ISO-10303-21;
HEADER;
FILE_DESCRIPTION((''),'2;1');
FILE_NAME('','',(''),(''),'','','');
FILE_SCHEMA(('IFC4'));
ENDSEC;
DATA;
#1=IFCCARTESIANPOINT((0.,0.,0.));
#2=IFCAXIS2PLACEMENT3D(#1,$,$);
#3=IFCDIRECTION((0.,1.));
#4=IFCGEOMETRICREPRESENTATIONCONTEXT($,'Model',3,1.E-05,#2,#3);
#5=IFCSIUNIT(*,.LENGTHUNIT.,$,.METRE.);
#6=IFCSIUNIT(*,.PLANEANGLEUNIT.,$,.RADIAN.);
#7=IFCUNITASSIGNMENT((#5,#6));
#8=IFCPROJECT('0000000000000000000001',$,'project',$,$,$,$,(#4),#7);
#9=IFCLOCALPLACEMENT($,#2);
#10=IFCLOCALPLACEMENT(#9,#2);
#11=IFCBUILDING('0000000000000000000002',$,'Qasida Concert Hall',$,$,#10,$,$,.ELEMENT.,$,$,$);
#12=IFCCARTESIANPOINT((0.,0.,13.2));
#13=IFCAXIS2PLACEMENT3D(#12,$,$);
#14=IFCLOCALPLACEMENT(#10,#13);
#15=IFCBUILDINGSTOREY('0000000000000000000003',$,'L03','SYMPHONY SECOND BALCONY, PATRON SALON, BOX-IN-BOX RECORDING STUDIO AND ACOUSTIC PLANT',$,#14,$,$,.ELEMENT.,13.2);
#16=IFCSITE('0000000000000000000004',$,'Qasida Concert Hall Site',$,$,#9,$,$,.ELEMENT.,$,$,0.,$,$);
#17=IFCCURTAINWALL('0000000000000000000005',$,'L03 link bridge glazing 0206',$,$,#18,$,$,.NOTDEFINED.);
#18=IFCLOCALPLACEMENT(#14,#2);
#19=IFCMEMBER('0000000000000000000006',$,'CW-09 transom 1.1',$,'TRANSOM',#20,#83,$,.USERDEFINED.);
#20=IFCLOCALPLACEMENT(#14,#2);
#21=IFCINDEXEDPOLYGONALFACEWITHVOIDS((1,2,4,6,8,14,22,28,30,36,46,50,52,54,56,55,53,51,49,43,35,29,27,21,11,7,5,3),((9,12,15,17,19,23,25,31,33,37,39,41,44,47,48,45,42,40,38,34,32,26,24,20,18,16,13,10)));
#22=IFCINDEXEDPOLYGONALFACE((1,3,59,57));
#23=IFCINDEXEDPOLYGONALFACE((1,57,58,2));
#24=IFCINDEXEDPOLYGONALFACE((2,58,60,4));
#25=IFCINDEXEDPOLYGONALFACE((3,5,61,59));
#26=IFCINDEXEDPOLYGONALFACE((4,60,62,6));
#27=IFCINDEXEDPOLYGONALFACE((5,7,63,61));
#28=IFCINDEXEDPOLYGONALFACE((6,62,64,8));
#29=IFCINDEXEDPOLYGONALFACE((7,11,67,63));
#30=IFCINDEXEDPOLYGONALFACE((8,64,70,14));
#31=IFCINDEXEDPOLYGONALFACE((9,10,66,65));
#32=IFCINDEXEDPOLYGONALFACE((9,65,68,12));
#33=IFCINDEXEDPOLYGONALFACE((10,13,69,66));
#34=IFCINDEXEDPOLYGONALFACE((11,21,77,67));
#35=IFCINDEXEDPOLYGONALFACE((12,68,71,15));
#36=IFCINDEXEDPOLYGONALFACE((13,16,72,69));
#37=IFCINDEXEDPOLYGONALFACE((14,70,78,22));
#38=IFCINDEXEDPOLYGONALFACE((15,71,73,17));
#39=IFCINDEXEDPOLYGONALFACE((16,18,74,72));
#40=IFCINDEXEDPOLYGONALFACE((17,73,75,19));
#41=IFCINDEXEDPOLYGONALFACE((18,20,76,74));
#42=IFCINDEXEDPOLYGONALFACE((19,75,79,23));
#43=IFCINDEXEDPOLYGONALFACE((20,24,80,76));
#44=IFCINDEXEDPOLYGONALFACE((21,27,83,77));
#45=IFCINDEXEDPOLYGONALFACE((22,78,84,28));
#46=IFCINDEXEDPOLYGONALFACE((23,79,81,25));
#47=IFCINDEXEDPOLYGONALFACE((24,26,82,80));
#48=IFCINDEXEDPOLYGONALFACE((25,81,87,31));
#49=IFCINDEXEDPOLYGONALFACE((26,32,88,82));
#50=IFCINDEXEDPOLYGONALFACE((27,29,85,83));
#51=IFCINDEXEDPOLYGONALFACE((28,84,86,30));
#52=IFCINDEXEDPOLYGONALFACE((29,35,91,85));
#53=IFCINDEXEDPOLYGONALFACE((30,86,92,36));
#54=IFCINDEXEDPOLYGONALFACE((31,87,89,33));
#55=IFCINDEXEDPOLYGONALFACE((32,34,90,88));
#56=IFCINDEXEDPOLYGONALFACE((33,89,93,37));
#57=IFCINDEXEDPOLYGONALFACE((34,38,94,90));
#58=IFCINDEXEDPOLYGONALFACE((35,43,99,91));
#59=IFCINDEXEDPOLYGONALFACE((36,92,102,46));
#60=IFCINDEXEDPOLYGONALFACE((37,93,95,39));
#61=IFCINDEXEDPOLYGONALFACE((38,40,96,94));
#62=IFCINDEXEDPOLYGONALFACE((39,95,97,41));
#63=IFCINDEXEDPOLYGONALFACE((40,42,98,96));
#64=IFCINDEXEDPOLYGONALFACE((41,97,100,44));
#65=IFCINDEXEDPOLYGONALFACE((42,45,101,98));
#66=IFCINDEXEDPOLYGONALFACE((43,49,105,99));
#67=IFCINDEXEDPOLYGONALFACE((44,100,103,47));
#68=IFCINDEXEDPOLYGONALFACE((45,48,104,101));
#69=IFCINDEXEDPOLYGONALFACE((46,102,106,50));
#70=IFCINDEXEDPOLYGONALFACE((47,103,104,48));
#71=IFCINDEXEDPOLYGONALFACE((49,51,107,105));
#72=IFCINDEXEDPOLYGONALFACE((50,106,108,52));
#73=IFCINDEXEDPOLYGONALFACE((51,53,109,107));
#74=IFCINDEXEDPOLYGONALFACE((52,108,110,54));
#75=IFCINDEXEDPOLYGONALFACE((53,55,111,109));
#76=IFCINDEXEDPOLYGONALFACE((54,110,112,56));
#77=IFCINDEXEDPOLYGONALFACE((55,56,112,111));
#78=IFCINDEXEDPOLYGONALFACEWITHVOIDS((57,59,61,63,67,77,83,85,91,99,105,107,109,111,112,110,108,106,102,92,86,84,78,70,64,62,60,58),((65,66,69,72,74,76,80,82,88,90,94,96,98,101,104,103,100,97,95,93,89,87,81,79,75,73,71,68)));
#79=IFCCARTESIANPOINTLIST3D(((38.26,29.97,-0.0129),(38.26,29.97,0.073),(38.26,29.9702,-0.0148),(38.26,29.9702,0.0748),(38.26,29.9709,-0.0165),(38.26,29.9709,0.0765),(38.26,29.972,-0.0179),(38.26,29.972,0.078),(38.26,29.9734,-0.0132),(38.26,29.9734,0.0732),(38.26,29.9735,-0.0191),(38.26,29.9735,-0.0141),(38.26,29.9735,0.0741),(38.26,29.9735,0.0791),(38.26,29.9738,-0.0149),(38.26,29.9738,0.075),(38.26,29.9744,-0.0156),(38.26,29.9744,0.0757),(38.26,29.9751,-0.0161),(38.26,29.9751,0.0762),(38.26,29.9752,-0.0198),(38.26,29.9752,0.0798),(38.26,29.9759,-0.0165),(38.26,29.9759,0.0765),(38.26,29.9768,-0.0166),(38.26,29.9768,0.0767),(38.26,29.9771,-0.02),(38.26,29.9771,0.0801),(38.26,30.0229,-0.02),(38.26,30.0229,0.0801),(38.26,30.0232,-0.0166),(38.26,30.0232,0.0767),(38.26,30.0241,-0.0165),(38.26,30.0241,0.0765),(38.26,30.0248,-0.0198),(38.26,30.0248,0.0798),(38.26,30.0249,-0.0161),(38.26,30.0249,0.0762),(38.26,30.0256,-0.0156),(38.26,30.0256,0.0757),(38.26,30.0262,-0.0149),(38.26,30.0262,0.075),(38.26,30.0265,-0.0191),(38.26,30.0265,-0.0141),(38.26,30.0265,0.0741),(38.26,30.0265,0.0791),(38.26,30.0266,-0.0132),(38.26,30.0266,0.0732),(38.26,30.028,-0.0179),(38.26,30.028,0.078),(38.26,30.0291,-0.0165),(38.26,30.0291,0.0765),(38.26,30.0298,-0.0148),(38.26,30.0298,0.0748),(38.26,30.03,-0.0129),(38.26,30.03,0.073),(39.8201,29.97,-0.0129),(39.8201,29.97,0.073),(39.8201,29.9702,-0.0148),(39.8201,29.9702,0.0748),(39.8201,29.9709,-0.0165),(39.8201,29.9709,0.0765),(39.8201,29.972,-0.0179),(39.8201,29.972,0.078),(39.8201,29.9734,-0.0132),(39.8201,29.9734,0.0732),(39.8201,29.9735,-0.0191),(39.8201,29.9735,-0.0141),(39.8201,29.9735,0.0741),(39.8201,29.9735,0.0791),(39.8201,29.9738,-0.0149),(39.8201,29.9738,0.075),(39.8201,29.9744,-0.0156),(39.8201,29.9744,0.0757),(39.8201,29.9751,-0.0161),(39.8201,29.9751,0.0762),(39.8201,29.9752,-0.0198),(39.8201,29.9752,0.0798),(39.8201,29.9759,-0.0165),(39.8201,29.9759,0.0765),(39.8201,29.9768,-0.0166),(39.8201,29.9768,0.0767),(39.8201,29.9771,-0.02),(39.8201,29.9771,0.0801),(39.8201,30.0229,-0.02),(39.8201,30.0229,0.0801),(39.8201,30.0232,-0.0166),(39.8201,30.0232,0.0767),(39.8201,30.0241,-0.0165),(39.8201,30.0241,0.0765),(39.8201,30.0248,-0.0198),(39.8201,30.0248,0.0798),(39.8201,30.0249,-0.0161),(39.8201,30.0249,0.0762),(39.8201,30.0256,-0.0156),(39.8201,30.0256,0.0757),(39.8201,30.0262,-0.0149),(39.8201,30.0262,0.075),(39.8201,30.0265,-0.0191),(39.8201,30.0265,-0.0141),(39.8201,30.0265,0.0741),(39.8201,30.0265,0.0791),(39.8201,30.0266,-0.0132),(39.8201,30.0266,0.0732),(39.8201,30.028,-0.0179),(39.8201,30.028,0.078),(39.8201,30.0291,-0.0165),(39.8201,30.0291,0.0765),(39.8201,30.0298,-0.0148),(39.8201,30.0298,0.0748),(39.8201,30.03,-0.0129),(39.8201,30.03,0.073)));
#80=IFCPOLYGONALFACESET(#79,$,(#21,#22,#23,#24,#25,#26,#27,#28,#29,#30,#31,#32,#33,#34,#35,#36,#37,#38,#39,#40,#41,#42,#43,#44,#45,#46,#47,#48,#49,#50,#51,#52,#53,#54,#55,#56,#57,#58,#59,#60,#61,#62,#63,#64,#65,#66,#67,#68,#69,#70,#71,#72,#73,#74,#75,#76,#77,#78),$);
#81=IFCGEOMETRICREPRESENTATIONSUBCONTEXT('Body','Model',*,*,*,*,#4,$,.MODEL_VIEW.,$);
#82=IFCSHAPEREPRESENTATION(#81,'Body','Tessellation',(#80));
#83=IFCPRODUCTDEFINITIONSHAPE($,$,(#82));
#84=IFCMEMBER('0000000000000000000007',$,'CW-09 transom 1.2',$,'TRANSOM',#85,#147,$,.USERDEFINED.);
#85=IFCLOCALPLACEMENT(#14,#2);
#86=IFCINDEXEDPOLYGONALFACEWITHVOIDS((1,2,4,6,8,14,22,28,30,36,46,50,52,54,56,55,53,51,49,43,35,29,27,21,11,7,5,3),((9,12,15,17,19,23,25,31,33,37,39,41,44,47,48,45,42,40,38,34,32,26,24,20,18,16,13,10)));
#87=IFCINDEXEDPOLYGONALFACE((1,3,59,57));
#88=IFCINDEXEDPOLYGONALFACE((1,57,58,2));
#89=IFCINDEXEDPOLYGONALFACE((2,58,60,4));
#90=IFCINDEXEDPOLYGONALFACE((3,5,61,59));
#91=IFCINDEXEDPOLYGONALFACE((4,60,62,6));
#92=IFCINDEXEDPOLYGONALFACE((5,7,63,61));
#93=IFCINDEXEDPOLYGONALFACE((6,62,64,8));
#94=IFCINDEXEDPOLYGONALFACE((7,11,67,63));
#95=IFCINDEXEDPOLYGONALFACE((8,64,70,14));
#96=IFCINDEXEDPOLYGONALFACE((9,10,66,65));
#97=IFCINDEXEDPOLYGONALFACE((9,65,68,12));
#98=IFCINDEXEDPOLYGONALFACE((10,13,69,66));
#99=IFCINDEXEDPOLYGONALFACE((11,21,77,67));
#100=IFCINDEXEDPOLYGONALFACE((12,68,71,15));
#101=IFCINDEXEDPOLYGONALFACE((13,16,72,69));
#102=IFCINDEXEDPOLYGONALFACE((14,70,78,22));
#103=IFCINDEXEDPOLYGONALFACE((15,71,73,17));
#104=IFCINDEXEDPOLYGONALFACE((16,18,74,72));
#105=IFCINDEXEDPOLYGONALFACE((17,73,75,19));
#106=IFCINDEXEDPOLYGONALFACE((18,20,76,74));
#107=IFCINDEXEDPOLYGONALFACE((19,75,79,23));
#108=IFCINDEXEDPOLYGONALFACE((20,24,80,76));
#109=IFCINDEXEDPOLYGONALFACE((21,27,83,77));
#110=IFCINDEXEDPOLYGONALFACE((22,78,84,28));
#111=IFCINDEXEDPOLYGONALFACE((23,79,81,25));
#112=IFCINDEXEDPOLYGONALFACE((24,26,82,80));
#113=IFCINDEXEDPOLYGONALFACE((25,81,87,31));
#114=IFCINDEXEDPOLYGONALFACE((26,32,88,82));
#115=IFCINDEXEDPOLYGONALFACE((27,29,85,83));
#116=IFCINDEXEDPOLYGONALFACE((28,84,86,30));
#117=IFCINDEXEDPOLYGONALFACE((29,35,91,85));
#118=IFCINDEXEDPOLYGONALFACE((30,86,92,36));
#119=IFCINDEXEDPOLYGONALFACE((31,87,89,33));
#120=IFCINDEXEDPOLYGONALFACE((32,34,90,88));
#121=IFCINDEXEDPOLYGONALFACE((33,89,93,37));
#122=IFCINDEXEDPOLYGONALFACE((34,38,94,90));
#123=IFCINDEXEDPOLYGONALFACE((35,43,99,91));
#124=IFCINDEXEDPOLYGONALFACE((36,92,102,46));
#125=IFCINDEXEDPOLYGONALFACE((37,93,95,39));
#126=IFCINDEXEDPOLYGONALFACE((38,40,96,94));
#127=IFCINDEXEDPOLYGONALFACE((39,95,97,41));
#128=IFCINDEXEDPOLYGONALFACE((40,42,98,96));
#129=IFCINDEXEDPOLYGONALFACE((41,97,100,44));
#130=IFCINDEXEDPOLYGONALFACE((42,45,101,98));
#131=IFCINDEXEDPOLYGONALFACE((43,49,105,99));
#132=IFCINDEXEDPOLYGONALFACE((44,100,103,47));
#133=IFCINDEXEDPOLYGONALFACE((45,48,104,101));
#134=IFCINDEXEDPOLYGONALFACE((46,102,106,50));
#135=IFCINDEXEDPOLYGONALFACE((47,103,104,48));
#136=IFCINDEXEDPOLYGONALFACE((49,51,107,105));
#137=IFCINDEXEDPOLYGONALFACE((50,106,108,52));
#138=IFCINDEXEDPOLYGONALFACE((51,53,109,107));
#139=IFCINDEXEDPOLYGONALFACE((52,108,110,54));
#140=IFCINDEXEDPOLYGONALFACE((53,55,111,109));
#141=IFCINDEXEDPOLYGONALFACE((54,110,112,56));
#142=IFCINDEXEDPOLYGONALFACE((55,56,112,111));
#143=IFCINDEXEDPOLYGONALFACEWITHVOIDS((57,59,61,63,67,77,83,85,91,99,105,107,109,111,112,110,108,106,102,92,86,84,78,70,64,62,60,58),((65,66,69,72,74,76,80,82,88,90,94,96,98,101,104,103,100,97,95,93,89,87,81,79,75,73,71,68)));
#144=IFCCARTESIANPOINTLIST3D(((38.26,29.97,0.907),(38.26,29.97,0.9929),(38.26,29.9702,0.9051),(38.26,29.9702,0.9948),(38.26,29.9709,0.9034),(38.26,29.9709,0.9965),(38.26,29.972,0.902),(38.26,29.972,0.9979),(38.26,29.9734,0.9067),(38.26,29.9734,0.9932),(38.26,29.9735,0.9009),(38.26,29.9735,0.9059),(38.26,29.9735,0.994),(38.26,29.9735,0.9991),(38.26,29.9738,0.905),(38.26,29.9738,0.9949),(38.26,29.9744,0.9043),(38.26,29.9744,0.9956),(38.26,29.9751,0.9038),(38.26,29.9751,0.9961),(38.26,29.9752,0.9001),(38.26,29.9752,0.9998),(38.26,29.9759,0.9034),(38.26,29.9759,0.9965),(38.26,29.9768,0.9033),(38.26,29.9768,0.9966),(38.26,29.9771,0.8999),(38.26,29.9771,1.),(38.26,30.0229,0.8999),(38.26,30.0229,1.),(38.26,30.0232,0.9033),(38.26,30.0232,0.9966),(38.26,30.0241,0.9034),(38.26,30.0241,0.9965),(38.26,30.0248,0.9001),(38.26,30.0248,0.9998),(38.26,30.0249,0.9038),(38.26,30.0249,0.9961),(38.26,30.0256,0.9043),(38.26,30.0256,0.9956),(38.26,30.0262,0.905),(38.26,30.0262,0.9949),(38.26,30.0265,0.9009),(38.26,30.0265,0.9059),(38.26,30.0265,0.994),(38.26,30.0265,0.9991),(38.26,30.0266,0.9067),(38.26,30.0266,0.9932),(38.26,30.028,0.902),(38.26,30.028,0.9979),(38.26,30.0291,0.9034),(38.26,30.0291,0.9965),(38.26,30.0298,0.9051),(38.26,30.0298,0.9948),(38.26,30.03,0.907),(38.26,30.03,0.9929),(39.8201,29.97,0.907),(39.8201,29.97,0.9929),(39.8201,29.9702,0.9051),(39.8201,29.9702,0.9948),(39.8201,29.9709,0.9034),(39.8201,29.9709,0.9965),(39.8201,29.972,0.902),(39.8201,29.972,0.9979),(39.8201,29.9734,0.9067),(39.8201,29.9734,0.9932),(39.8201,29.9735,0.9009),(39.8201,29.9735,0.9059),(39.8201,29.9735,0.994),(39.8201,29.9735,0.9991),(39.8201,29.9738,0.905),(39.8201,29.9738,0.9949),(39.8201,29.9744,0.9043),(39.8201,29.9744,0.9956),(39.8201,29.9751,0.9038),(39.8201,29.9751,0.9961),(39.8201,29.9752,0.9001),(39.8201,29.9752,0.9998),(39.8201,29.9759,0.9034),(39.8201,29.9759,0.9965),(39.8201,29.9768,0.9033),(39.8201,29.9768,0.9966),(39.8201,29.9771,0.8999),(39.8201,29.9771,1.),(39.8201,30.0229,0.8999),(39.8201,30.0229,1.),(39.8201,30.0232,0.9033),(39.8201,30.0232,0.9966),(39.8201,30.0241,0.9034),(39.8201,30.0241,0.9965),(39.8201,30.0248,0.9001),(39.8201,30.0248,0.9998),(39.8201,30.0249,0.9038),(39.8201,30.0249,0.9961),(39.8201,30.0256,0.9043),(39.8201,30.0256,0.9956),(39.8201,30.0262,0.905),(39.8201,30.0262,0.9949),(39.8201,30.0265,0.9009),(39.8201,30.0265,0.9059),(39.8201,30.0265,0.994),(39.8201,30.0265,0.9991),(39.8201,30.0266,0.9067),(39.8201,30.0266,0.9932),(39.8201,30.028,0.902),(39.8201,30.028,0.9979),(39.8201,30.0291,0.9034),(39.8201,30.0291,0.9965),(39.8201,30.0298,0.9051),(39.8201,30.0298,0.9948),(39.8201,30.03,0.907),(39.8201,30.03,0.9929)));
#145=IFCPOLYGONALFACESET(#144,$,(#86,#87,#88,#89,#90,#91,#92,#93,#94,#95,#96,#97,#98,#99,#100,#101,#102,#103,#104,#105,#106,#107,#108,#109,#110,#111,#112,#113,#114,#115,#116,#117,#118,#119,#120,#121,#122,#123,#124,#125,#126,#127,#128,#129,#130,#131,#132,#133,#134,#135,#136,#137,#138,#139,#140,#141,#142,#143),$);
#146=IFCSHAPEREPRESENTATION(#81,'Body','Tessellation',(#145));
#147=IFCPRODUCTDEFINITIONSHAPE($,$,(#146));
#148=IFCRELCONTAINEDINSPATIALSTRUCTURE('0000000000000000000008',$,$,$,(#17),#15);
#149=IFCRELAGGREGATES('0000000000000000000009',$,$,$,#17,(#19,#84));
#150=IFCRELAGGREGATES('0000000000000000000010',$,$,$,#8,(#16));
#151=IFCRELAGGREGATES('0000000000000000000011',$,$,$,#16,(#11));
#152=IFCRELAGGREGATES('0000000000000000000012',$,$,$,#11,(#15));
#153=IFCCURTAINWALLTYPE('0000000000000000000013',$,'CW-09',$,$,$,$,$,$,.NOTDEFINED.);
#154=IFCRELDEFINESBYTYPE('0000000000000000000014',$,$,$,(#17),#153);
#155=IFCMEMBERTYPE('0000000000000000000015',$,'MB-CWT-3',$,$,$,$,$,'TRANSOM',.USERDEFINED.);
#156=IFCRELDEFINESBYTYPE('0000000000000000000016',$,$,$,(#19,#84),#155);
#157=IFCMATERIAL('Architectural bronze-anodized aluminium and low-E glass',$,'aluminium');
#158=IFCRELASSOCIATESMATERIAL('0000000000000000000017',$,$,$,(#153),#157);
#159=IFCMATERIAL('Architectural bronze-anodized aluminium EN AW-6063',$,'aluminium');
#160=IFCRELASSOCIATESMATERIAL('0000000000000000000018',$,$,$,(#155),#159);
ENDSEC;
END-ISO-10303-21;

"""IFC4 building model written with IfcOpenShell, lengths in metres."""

from ifc_helpers import new_model, si_unit, direction, frame, origin, origin_2d, place, context, subcontext, project, spatial, hollow_rectangle, extrude, material, material_profile, profile_set, type_object, element, aggregate, save


model = new_model("IFC4")

# Units and contexts
model_context = context("Model", 3, precision=1e-05, world=origin(), true_north=direction((0.0, 1.0)))
body_context = subcontext(model_context, "Body", "Model", "MODEL_VIEW")
ifc_project = project(units=[si_unit("LENGTHUNIT", "METRE"), si_unit("PLANEANGLEUNIT", "RADIAN")], contexts=[model_context])

# Site, building, storey
site_placement = place(None, origin())
site = spatial("IfcSite", under=ifc_project, at=site_placement, Name="Qasida Concert Hall Site", CompositionType="ELEMENT", RefElevation=0.0)
building_placement = place(site_placement, origin())
building = spatial("IfcBuilding", under=site, at=building_placement, Name="Qasida Concert Hall", CompositionType="ELEMENT")
storey_placement = place(building_placement, frame((0.0, 0.0, 13.2)))
storey = spatial("IfcBuildingStorey", under=building, at=storey_placement, Name="L03", Description="SYMPHONY SECOND BALCONY, PATRON SALON, BOX-IN-BOX RECORDING STUDIO AND ACOUSTIC PLANT", CompositionType="ELEMENT", Elevation=13.2)

# Curtain wall
ifc_material_1 = material(Name="Architectural bronze-anodized aluminium and low-E glass", Category="aluminium")
curtain_wall_type = type_object("IfcCurtainWallType", Name="CW-09", PredefinedType="NOTDEFINED", material=ifc_material_1)
ifc_material_2 = material(Name="Architectural bronze-anodized aluminium EN AW-6063", Category="aluminium")
curtain_wall_1_placement = place(storey_placement, origin())
curtain_wall_1 = element("IfcCurtainWall", 1, at=curtain_wall_1_placement, inside=storey, type_object=curtain_wall_type, Name="L03 link bridge glazing 0206", PredefinedType="NOTDEFINED")

# Members
ifc_material_profile_1 = material_profile(ifc_material_2, hollow_rectangle(XDim=0.0601, YDim=0.1001, WallThickness=0.0034, InnerFilletRadius=0.0034, OuterFilletRadius=0.0071, at=origin_2d()), Name="CWT 100x60x3.5")
ifc_profile_set_1 = profile_set([ifc_material_profile_1], Name="Architectural bronze-anodized aluminium EN AW-6063")
member_type_1 = type_object("IfcMemberType", Name="MB-CWT-3", ElementType="TRANSOM", PredefinedType="USERDEFINED", material=ifc_profile_set_1)
member_1_placement = place(storey_placement, frame((38.26, 30.0, 0.03), z_axis=(1.0, 0.0, 0.0), x_axis=(0.0, 1.0, 0.0)))
member_1 = element("IfcMember", 2, at=member_1_placement, type_object=member_type_1, Name="CW-09 transom 1.1", ObjectType="TRANSOM", PredefinedType="USERDEFINED", context=body_context, shape_type="SweptSolid", body=[
    extrude(hollow_rectangle(XDim=0.0601, YDim=0.1001, WallThickness=0.0034, InnerFilletRadius=0.0034, OuterFilletRadius=0.0071, at=origin_2d()), origin(), (0.0, 0.0, 1.0), 1.5601),
])
member_2_placement = place(storey_placement, frame((38.26, 30.0, 0.95), z_axis=(1.0, 0.0, 0.0), x_axis=(0.0, 1.0, 0.0)))
member_2 = element("IfcMember", 3, at=member_2_placement, type_object=member_type_1, Name="CW-09 transom 1.2", ObjectType="TRANSOM", PredefinedType="USERDEFINED", context=body_context, shape_type="SweptSolid", body=[
    extrude(hollow_rectangle(XDim=0.0601, YDim=0.1001, WallThickness=0.0034, InnerFilletRadius=0.0034, OuterFilletRadius=0.0071, at=origin_2d()), origin(), (0.0, 0.0, 1.0), 1.5601),
])

aggregate(curtain_wall_1, [member_1, member_2])

save(model, "model.ifc")
